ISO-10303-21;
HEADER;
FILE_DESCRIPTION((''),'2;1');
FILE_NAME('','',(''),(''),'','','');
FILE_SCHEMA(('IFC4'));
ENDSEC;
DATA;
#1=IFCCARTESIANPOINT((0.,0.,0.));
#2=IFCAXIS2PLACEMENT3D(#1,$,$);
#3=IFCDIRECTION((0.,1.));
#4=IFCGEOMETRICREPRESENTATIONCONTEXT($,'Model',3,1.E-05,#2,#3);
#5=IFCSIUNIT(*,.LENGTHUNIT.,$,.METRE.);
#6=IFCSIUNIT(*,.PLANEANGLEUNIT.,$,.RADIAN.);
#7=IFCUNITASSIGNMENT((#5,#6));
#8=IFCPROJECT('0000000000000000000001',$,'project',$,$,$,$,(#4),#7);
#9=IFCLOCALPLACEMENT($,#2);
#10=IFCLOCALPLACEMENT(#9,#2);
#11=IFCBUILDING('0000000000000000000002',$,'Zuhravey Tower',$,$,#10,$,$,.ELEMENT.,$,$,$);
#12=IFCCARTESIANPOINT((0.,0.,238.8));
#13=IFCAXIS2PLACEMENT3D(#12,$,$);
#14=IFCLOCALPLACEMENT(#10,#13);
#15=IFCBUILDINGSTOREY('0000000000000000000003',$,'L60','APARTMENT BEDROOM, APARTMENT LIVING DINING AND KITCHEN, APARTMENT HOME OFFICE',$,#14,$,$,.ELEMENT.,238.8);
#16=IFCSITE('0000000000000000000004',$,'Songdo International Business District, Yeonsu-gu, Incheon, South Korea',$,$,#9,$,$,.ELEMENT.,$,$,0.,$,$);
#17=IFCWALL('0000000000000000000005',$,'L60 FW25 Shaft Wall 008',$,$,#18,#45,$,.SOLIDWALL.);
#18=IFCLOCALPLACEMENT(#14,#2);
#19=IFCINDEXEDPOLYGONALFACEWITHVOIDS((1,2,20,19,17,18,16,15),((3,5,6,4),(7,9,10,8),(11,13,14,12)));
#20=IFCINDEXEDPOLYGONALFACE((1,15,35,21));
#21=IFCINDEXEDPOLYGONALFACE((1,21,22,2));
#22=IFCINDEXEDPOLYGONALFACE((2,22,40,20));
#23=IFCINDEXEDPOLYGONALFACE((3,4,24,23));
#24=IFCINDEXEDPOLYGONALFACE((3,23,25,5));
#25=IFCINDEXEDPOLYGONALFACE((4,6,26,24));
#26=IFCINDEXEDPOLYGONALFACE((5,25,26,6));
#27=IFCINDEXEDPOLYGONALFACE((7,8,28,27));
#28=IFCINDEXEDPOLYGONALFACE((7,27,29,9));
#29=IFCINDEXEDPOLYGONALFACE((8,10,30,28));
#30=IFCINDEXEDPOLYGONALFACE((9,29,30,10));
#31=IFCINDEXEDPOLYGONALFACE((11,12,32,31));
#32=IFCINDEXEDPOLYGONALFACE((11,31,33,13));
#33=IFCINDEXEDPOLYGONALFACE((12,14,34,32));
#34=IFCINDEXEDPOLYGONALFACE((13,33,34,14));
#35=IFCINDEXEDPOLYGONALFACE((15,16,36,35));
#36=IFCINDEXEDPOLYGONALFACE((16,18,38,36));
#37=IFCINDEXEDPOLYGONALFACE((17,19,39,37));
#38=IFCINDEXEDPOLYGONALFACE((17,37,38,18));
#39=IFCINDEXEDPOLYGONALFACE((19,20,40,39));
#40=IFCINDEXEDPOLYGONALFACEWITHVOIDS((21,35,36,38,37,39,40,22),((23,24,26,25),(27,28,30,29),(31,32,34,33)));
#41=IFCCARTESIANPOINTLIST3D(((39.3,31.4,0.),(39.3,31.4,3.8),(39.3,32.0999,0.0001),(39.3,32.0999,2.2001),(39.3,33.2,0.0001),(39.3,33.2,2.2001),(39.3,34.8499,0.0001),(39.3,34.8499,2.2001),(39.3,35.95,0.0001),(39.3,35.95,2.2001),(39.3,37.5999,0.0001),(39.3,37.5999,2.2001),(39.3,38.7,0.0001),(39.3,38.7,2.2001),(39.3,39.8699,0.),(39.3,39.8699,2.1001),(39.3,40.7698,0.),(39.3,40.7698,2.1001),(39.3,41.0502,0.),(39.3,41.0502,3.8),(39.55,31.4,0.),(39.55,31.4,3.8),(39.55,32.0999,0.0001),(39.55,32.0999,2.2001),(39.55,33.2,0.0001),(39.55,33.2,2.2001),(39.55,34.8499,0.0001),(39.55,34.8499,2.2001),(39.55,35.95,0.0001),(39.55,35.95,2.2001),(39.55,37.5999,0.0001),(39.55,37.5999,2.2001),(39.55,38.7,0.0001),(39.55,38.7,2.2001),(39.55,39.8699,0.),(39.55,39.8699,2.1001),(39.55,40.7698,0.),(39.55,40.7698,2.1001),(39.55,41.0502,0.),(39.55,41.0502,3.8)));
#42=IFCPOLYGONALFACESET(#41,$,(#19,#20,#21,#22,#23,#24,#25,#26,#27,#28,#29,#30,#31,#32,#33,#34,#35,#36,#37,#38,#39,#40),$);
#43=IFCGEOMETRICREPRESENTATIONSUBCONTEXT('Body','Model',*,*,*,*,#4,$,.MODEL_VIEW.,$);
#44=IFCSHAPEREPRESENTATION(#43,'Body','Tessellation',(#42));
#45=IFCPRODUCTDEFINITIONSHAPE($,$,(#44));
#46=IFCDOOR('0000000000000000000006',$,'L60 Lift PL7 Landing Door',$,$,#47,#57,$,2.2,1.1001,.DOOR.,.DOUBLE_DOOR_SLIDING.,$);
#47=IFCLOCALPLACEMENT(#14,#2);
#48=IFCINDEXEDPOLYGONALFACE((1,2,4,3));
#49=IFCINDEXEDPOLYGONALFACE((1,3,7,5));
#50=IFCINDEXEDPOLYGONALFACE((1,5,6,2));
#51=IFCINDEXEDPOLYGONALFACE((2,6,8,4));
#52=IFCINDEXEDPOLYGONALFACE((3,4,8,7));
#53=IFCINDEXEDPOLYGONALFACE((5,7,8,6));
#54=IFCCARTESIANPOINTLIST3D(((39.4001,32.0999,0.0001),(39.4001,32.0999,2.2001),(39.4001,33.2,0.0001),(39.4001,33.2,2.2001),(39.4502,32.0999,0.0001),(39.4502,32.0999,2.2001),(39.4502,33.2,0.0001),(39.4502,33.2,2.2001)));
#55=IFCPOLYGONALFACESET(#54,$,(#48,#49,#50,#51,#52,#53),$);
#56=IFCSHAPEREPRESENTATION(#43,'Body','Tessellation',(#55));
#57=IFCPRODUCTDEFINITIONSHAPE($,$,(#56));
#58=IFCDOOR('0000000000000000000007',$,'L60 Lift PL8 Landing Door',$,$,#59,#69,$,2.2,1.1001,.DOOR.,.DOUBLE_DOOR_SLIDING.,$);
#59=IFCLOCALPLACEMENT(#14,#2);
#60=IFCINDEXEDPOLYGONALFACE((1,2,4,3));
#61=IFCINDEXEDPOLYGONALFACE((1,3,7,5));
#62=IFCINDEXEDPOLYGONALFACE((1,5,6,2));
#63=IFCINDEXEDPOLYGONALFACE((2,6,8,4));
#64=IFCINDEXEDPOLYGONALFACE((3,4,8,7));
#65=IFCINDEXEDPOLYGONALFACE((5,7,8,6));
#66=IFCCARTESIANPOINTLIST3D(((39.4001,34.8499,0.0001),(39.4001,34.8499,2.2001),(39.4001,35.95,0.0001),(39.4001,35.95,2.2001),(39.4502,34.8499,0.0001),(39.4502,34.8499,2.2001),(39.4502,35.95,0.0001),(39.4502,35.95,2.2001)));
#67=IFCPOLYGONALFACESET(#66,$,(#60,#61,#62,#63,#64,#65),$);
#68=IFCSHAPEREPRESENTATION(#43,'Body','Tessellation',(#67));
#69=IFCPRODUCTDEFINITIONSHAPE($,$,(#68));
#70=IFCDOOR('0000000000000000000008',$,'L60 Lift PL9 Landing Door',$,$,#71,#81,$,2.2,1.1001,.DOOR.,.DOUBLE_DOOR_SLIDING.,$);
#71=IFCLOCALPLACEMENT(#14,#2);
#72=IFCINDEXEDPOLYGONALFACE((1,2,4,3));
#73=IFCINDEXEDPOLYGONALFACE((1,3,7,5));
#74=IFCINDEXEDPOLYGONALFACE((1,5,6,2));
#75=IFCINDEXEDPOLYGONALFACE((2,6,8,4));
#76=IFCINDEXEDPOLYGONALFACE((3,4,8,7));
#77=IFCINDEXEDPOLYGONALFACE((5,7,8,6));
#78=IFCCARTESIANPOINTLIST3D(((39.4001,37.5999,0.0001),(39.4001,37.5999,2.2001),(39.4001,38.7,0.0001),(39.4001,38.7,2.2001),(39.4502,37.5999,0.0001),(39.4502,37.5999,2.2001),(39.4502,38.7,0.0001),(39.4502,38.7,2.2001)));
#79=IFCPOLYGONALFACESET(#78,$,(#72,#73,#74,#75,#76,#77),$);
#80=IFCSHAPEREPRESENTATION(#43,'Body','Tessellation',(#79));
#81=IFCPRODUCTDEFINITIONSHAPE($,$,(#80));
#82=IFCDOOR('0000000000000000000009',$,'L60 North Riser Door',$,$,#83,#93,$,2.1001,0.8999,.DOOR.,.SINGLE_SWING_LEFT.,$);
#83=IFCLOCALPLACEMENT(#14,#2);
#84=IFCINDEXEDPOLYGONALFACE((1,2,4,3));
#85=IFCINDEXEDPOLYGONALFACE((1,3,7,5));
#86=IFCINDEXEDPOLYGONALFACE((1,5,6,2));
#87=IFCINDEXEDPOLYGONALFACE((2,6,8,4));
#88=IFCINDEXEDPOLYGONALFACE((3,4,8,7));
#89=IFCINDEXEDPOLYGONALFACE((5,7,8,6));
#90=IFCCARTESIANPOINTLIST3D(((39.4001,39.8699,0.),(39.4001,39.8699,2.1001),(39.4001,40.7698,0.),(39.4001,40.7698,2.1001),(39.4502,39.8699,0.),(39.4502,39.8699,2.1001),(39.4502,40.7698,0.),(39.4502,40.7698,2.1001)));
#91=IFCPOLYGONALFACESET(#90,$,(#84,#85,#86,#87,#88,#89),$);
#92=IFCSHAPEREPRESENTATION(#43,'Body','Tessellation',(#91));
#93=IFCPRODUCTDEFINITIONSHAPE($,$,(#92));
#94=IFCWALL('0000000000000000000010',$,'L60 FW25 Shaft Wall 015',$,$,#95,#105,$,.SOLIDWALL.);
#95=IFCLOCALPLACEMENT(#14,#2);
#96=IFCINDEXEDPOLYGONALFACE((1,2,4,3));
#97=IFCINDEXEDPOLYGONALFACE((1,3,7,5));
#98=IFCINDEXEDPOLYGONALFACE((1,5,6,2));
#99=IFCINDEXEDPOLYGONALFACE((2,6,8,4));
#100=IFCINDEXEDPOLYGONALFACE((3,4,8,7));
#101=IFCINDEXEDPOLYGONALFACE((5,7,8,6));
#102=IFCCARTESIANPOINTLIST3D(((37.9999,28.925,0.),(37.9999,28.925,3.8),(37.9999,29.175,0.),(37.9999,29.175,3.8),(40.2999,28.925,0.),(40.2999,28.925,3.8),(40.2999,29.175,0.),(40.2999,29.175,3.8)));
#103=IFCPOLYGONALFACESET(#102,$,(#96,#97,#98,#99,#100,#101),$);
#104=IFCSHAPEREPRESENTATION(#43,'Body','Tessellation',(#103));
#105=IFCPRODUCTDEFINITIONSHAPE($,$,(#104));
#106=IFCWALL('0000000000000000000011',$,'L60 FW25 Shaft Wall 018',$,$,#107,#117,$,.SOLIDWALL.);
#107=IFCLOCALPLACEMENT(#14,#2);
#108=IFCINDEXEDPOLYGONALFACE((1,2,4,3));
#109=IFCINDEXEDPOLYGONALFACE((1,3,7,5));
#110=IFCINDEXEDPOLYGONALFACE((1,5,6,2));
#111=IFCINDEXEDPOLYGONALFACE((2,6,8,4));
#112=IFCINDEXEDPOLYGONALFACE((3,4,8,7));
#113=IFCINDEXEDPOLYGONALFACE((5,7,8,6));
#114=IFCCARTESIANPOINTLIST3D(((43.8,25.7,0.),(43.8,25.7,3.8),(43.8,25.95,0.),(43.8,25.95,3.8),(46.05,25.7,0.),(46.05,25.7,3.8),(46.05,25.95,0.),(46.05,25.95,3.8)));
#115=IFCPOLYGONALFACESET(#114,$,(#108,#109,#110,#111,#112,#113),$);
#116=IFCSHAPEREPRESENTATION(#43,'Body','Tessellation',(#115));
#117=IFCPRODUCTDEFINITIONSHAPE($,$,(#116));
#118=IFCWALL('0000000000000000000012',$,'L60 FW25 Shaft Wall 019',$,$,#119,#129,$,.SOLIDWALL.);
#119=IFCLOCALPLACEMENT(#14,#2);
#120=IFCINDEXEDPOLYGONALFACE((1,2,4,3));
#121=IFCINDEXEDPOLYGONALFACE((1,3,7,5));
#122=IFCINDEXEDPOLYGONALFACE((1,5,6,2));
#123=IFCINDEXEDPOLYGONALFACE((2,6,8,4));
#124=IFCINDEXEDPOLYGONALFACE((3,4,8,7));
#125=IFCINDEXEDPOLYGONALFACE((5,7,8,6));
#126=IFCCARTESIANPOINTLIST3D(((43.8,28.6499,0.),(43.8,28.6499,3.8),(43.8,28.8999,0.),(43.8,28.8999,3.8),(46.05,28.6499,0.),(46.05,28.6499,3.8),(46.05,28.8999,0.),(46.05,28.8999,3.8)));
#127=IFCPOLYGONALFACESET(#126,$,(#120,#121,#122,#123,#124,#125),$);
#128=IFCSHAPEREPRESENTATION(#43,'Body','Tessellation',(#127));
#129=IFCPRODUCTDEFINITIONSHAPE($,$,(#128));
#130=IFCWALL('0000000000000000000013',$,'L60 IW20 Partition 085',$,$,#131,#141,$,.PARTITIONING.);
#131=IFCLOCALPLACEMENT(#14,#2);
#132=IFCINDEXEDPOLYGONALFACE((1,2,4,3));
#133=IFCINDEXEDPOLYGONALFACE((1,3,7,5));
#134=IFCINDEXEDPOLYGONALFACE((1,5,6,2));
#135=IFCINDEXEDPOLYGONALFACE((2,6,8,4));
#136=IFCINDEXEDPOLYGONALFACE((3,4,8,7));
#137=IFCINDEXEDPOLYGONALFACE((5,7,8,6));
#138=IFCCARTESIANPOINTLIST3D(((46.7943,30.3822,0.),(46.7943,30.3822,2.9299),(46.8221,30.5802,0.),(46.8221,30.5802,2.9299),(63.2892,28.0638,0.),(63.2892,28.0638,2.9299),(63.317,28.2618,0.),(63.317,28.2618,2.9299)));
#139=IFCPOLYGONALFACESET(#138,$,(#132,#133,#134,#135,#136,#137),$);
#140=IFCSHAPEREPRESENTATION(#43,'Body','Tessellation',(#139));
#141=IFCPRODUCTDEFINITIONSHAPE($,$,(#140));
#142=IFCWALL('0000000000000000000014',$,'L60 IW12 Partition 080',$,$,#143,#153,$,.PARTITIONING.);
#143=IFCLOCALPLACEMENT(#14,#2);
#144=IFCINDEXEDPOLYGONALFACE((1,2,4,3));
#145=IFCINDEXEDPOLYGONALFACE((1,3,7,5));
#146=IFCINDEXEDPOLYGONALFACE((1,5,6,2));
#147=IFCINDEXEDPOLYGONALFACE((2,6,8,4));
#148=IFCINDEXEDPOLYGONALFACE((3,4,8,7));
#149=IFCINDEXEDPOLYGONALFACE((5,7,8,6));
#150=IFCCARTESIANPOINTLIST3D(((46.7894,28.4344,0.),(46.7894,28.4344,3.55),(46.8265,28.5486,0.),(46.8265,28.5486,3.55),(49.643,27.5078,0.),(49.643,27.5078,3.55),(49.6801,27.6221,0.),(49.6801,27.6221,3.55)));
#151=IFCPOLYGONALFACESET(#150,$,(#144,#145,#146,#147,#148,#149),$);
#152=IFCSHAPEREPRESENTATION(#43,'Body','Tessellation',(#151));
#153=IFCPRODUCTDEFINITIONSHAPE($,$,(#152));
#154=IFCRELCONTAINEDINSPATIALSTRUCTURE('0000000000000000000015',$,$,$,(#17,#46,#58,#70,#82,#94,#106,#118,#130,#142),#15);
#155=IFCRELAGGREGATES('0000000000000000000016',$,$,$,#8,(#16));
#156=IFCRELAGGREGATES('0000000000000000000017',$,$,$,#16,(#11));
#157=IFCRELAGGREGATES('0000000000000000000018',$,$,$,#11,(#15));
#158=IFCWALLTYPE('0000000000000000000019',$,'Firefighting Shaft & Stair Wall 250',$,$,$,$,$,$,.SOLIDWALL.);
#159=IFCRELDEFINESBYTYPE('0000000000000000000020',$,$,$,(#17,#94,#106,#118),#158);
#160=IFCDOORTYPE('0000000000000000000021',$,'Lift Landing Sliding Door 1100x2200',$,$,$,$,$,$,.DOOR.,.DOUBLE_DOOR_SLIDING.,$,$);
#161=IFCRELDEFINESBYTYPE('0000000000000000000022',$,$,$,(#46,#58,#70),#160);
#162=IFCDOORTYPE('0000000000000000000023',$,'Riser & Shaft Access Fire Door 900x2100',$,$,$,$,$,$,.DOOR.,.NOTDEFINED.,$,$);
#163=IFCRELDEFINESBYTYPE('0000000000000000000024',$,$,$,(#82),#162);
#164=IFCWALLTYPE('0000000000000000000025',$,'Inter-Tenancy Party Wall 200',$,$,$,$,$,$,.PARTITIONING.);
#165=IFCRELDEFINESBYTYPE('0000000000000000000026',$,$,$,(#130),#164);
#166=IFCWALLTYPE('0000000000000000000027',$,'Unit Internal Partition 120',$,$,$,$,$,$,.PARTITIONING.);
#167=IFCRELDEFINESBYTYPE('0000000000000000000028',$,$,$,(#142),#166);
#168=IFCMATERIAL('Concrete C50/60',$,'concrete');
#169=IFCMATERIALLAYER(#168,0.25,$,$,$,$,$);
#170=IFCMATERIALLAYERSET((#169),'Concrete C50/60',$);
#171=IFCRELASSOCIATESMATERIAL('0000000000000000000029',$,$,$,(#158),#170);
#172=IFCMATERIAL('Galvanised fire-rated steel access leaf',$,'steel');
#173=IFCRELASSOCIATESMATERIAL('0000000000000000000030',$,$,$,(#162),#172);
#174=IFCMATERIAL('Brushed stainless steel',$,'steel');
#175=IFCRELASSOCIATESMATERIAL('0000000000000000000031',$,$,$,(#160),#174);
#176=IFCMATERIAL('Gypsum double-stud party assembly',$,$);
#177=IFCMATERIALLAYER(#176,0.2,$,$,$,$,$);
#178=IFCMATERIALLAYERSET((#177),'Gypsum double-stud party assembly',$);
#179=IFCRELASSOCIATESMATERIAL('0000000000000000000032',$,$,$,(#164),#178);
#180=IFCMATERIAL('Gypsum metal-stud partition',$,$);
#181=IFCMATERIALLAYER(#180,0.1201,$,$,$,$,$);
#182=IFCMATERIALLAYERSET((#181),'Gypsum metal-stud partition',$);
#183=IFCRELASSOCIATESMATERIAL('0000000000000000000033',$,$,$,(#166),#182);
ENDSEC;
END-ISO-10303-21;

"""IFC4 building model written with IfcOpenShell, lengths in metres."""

from ifc_helpers import new_model, si_unit, direction, frame, frame_2d, origin, place, context, subcontext, project, spatial, rectangle, extrude, material, layer, layer_set, type_object, element, fill, save


model = new_model("IFC4")

# Units and contexts
model_context = context("Model", 3, precision=1e-05, world=origin(), true_north=direction((0.0, 1.0)))
body_context = subcontext(model_context, "Body", "Model", "MODEL_VIEW")
ifc_project = project(units=[si_unit("LENGTHUNIT", "METRE"), si_unit("PLANEANGLEUNIT", "RADIAN")], contexts=[model_context])

# Site, building, storey
site_placement = place(None, origin())
site = spatial("IfcSite", under=ifc_project, at=site_placement, Name="Songdo International Business District, Yeonsu-gu, Incheon, South Korea", CompositionType="ELEMENT", RefElevation=0.0)
building_placement = place(site_placement, origin())
building = spatial("IfcBuilding", under=site, at=building_placement, Name="Zuhravey Tower", CompositionType="ELEMENT")
storey_placement = place(building_placement, frame((0.0, 0.0, 238.8)))
storey = spatial("IfcBuildingStorey", under=building, at=storey_placement, Name="L60", Description="APARTMENT BEDROOM, APARTMENT LIVING DINING AND KITCHEN, APARTMENT HOME OFFICE", CompositionType="ELEMENT", Elevation=238.8)

# Shared definitions
ifc_material_1 = material(Name="Concrete C50/60", Category="concrete")
ifc_layer_1 = layer(ifc_material_1, 0.25)
ifc_layer_set_1 = layer_set([ifc_layer_1], Name="Concrete C50/60")
wall_type_1 = type_object("IfcWallType", Name="Firefighting Shaft & Stair Wall 250", PredefinedType="SOLIDWALL", material=ifc_layer_set_1)

# Wall, openings, doors
ifc_material_2 = material(Name="Galvanised fire-rated steel access leaf", Category="steel")
door_type_1 = type_object("IfcDoorType", Name="Riser & Shaft Access Fire Door 900x2100", OperationType="NOTDEFINED", PredefinedType="DOOR", material=ifc_material_2)
wall_1_placement = place(storey_placement, frame((39.425, 31.3999, 0.0), z_axis=(0.0, 0.0, 1.0), x_axis=(0.0, 1.0, 0.0)))
wall_1 = element("IfcWall", 1, at=wall_1_placement, inside=storey, type_object=wall_type_1, Name="L60 FW25 Shaft Wall 008", PredefinedType="SOLIDWALL", context=body_context, shape_type="SweptSolid", body=[
    extrude(rectangle(XDim=9.6501, YDim=0.25, at=frame_2d((4.8252, 0.0))), origin(), (0.0, 0.0, 1.0), 3.8),
])
opening_1_placement = place(wall_1_placement, frame((0.7, 0.0, 0.0)))
opening_1 = element("IfcOpeningElement", 2, at=opening_1_placement, cuts=wall_1, PredefinedType="OPENING", context=body_context, shape_type="SweptSolid", body=[
    extrude(rectangle(XDim=1.1001, YDim=2.2, at=frame_2d((0.55, 1.1001))), frame((0.0, 0.137, 0.0), z_axis=(0.0, -1.0, 0.0), x_axis=(1.0, 0.0, 0.0)), (0.0, 0.0, 1.0), 0.2739),
])
opening_2_placement = place(wall_1_placement, frame((3.45, 0.0, 0.0)))
opening_2 = element("IfcOpeningElement", 3, at=opening_2_placement, cuts=wall_1, PredefinedType="OPENING", context=body_context, shape_type="SweptSolid", body=[
    extrude(rectangle(XDim=1.1001, YDim=2.2, at=frame_2d((0.55, 1.1001))), frame((0.0, 0.137, 0.0), z_axis=(0.0, -1.0, 0.0), x_axis=(1.0, 0.0, 0.0)), (0.0, 0.0, 1.0), 0.2739),
])
opening_3_placement = place(wall_1_placement, frame((6.2, 0.0, 0.0)))
opening_3 = element("IfcOpeningElement", 4, at=opening_3_placement, cuts=wall_1, PredefinedType="OPENING", context=body_context, shape_type="SweptSolid", body=[
    extrude(rectangle(XDim=1.1001, YDim=2.2, at=frame_2d((0.55, 1.1001))), frame((0.0, 0.137, 0.0), z_axis=(0.0, -1.0, 0.0), x_axis=(1.0, 0.0, 0.0)), (0.0, 0.0, 1.0), 0.2739),
])
opening_4_placement = place(wall_1_placement, frame((8.47, 0.0, 0.0)))
opening_4 = element("IfcOpeningElement", 5, at=opening_4_placement, cuts=wall_1, PredefinedType="OPENING", context=body_context, shape_type="SweptSolid", body=[
    extrude(rectangle(XDim=0.8999, YDim=2.1001, at=frame_2d((0.45, 1.05))), frame((0.0, 0.137, 0.0), z_axis=(0.0, -1.0, 0.0), x_axis=(1.0, 0.0, 0.0)), (0.0, 0.0, 1.0), 0.2739),
])
ifc_material_3 = material(Name="Brushed stainless steel", Category="steel")
door_type_2 = type_object("IfcDoorType", Name="Lift Landing Sliding Door 1100x2200", OperationType="DOUBLE_DOOR_SLIDING", PredefinedType="DOOR", material=ifc_material_3)
door_1_placement = place(opening_1_placement, origin())
door_1 = element("IfcDoor", 6, at=door_1_placement, inside=storey, type_object=door_type_2, Name="L60 Lift PL7 Landing Door", OperationType="DOUBLE_DOOR_SLIDING", OverallHeight=2.2, OverallWidth=1.1001, PredefinedType="DOOR", context=body_context, shape_type="SweptSolid", body=[
    extrude(rectangle(XDim=1.1001, YDim=2.2, at=frame_2d((0.55, 1.1001))), frame((0.0, 0.0249, 0.0), z_axis=(0.0, -1.0, 0.0), x_axis=(1.0, 0.0, 0.0)), (0.0, 0.0, 1.0), 0.05),
])
fill(opening_1, door_1)
door_2_placement = place(opening_2_placement, origin())
door_2 = element("IfcDoor", 7, at=door_2_placement, inside=storey, type_object=door_type_2, Name="L60 Lift PL8 Landing Door", OperationType="DOUBLE_DOOR_SLIDING", OverallHeight=2.2, OverallWidth=1.1001, PredefinedType="DOOR", context=body_context, shape_type="SweptSolid", body=[
    extrude(rectangle(XDim=1.1001, YDim=2.2, at=frame_2d((0.55, 1.1001))), frame((0.0, 0.0249, 0.0), z_axis=(0.0, -1.0, 0.0), x_axis=(1.0, 0.0, 0.0)), (0.0, 0.0, 1.0), 0.05),
])
fill(opening_2, door_2)
door_3_placement = place(opening_3_placement, origin())
door_3 = element("IfcDoor", 8, at=door_3_placement, inside=storey, type_object=door_type_2, Name="L60 Lift PL9 Landing Door", OperationType="DOUBLE_DOOR_SLIDING", OverallHeight=2.2, OverallWidth=1.1001, PredefinedType="DOOR", context=body_context, shape_type="SweptSolid", body=[
    extrude(rectangle(XDim=1.1001, YDim=2.2, at=frame_2d((0.55, 1.1001))), frame((0.0, 0.0249, 0.0), z_axis=(0.0, -1.0, 0.0), x_axis=(1.0, 0.0, 0.0)), (0.0, 0.0, 1.0), 0.05),
])
fill(opening_3, door_3)
door_4_placement = place(opening_4_placement, origin())
door_4 = element("IfcDoor", 9, at=door_4_placement, inside=storey, type_object=door_type_1, Name="L60 North Riser Door", OperationType="SINGLE_SWING_LEFT", OverallHeight=2.1001, OverallWidth=0.8999, PredefinedType="DOOR", context=body_context, shape_type="SweptSolid", body=[
    extrude(rectangle(XDim=0.8999, YDim=2.1001, at=frame_2d((0.45, 1.05))), frame((0.0, 0.0249, 0.0), z_axis=(0.0, -1.0, 0.0), x_axis=(1.0, 0.0, 0.0)), (0.0, 0.0, 1.0), 0.05),
])
fill(opening_4, door_4)

# Walls
wall_2_placement = place(storey_placement, frame((38.0, 29.05, 0.0), z_axis=(0.0, 0.0, 1.0), x_axis=(1.0, 0.0, 0.0)))
element("IfcWall", 10, at=wall_2_placement, inside=storey, type_object=wall_type_1, Name="L60 FW25 Shaft Wall 015", PredefinedType="SOLIDWALL", context=body_context, shape_type="SweptSolid", body=[
    extrude(rectangle(XDim=2.3, YDim=0.25, at=frame_2d((1.1499, 0.0))), origin(), (0.0, 0.0, 1.0), 3.8),
])
for number, where, z_axis, x_axis, name in (
    (11, (43.8, 25.825, 0.0), (0.0, 0.0, 1.0), (1.0, 0.0, 0.0), "L60 FW25 Shaft Wall 018"),
    (12, (43.8, 28.7749, 0.0), (0.0, 0.0, 1.0), (1.0, 0.0, 0.0), "L60 FW25 Shaft Wall 019"),
):
    element("IfcWall", number, at=place(storey_placement, frame(where, z_axis=z_axis, x_axis=x_axis)), inside=storey, type_object=wall_type_1, Name=name, PredefinedType="SOLIDWALL", context=body_context, shape_type="SweptSolid", body=[
        extrude(rectangle(XDim=2.25, YDim=0.25, at=frame_2d((1.125, 0.0))), origin(), (0.0, 0.0, 1.0), 3.8),
    ])
ifc_material_4 = material(Name="Gypsum double-stud party assembly")
ifc_layer_2 = layer(ifc_material_4, 0.2)
ifc_layer_set_2 = layer_set([ifc_layer_2], Name="Gypsum double-stud party assembly")
wall_type_2 = type_object("IfcWallType", Name="Inter-Tenancy Party Wall 200", PredefinedType="PARTITIONING", material=ifc_layer_set_2)
wall_3_placement = place(storey_placement, frame((46.8081, 30.4812, 0.0), z_axis=(0.0, 0.0, 1.0), x_axis=(0.990267, -0.139182, 0.0)))
element("IfcWall", 13, at=wall_3_placement, inside=storey, type_object=wall_type_2, Name="L60 IW20 Partition 085", PredefinedType="PARTITIONING", context=body_context, shape_type="SweptSolid", body=[
    extrude(rectangle(XDim=16.657, YDim=0.2, at=frame_2d((8.3286, 0.0))), origin(), (0.0, 0.0, 1.0), 2.9299),
])
ifc_material_5 = material(Name="Gypsum metal-stud partition")
ifc_layer_3 = layer(ifc_material_5, 0.1201)
ifc_layer_set_3 = layer_set([ifc_layer_3], Name="Gypsum metal-stud partition")
wall_type_3 = type_object("IfcWallType", Name="Unit Internal Partition 120", PredefinedType="PARTITIONING", material=ifc_layer_set_3)
wall_4_placement = place(storey_placement, frame((46.8081, 28.4915, 0.0), z_axis=(0.0, 0.0, 1.0), x_axis=(0.95112, -0.308821, 0.0)))
element("IfcWall", 14, at=wall_4_placement, inside=storey, type_object=wall_type_3, Name="L60 IW12 Partition 080", PredefinedType="PARTITIONING", context=body_context, shape_type="SweptSolid", body=[
    extrude(rectangle(XDim=3.0002, YDim=0.1201, at=frame_2d((1.5, 0.0))), origin(), (0.0, 0.0, 1.0), 3.55),
])

save(model, "model.ifc")
